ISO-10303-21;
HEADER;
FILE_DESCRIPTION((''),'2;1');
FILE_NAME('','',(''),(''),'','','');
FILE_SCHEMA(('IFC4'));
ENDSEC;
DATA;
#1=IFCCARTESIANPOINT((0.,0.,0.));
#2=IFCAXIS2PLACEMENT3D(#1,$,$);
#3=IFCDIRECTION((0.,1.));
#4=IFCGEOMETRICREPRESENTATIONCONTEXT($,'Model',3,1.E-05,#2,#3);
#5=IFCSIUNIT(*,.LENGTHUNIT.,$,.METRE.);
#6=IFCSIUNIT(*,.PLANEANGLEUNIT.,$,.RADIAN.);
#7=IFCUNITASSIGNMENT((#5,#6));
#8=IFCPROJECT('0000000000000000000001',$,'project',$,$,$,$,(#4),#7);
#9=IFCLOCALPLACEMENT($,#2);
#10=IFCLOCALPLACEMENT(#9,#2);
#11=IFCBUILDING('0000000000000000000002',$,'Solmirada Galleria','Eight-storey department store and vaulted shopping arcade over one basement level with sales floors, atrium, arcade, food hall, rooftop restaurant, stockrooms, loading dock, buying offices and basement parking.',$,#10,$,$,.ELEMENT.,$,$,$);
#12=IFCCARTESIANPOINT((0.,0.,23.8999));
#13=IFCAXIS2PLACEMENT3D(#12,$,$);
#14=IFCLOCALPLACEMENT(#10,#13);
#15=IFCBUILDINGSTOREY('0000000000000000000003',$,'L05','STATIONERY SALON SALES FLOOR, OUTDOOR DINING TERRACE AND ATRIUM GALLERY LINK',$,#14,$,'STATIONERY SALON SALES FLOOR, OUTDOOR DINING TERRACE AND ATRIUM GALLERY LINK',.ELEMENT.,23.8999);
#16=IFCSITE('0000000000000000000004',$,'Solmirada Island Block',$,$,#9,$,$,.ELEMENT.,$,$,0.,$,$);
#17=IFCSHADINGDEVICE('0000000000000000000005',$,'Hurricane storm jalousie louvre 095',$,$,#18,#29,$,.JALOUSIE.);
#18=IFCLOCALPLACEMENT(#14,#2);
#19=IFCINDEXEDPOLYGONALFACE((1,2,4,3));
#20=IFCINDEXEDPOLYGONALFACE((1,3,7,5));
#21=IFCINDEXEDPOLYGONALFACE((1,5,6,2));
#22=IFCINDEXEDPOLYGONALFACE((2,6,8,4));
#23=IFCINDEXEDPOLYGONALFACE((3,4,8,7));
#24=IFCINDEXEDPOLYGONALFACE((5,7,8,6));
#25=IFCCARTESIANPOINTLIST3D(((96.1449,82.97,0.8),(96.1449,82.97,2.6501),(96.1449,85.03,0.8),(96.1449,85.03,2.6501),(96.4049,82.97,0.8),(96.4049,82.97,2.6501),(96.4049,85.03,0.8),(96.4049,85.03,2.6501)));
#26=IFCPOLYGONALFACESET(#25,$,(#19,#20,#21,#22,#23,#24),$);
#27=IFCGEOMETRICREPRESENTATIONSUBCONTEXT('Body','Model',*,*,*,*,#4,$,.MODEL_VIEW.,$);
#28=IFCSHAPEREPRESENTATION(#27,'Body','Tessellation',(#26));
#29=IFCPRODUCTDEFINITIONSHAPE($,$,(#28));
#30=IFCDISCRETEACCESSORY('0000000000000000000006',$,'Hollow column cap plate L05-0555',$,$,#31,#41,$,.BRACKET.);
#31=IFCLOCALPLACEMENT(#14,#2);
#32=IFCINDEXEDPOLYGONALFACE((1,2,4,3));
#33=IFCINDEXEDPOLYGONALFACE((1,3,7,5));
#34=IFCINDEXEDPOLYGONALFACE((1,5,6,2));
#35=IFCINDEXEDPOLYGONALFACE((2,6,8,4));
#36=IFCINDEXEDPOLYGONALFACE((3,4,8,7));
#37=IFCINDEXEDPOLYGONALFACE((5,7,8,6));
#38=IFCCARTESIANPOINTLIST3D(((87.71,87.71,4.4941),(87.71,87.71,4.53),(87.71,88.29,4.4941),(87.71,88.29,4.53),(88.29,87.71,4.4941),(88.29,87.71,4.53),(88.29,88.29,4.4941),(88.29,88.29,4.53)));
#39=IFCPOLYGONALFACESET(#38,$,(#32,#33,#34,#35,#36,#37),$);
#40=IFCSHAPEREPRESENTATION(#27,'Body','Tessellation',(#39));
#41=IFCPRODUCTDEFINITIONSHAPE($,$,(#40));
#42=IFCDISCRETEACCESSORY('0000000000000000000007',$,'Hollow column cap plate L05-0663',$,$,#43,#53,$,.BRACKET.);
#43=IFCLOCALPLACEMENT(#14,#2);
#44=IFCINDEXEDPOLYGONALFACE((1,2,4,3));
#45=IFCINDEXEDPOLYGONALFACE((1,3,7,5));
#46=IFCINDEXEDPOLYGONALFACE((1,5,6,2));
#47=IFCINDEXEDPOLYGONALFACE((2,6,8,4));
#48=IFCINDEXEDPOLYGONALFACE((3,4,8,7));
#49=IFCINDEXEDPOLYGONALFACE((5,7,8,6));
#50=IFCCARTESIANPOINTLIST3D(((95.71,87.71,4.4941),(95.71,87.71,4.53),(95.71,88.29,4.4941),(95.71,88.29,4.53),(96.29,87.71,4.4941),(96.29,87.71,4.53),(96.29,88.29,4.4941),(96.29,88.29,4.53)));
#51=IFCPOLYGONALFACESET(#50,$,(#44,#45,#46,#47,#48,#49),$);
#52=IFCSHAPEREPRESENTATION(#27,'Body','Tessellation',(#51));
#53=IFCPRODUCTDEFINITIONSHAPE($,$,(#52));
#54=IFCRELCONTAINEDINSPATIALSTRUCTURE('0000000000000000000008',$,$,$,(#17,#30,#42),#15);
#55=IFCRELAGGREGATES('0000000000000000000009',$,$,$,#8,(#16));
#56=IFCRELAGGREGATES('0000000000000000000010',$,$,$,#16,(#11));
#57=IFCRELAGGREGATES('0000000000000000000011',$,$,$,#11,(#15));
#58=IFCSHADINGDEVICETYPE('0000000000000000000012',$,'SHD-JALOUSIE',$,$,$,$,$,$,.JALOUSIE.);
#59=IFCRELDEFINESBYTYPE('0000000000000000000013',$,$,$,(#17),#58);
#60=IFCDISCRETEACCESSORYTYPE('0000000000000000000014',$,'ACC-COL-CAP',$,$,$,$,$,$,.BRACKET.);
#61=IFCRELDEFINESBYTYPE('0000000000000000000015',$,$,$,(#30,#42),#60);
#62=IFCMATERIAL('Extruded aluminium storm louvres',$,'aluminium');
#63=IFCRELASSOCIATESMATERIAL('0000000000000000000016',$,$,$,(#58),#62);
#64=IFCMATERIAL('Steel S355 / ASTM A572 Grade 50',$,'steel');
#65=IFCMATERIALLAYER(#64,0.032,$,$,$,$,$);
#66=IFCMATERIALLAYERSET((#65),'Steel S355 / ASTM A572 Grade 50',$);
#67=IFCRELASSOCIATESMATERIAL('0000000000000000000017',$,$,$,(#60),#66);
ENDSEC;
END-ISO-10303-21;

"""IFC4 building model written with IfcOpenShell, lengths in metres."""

from ifc_helpers import new_model, si_unit, direction, frame, origin, origin_2d, place, context, subcontext, project, spatial, rectangle, extrude, material, layer, layer_set, type_object, element, save


model = new_model("IFC4")

# Units and contexts
model_context = context("Model", 3, precision=1e-05, world=origin(), true_north=direction((0.0, 1.0)))
body_context = subcontext(model_context, "Body", "Model", "MODEL_VIEW")
ifc_project = project(units=[si_unit("LENGTHUNIT", "METRE"), si_unit("PLANEANGLEUNIT", "RADIAN")], contexts=[model_context])

# Site, building, storey
site_placement = place(None, origin())
site = spatial("IfcSite", under=ifc_project, at=site_placement, Name="Solmirada Island Block", CompositionType="ELEMENT", RefElevation=0.0)
building_placement = place(site_placement, origin())
building = spatial("IfcBuilding", under=site, at=building_placement, Name="Solmirada Galleria", Description="Eight-storey department store and vaulted shopping arcade over one basement level with sales floors, atrium, arcade, food hall, rooftop restaurant, stockrooms, loading dock, buying offices and basement parking.", CompositionType="ELEMENT")
storey_placement = place(building_placement, frame((0.0, 0.0, 23.8999)))
storey = spatial("IfcBuildingStorey", under=building, at=storey_placement, Name="L05", Description="STATIONERY SALON SALES FLOOR, OUTDOOR DINING TERRACE AND ATRIUM GALLERY LINK", LongName="STATIONERY SALON SALES FLOOR, OUTDOOR DINING TERRACE AND ATRIUM GALLERY LINK", CompositionType="ELEMENT", Elevation=23.8999)

# Shading device
ifc_material_1 = material(Name="Extruded aluminium storm louvres", Category="aluminium")
shading_device_type = type_object("IfcShadingDeviceType", Name="SHD-JALOUSIE", PredefinedType="JALOUSIE", material=ifc_material_1)
for number, where, z_axis, x_axis, name in (
    (1, (96.2749, 84.0, 0.8), (0.0, 0.0, 1.0), (0.0, -1.0, 0.0), "Hurricane storm jalousie louvre 095"),
):
    element("IfcShadingDevice", number, at=place(storey_placement, frame(where, z_axis=z_axis, x_axis=x_axis)), inside=storey, type_object=shading_device_type, Name=name, PredefinedType="JALOUSIE", context=body_context, shape_type="SweptSolid", body=[
        extrude(rectangle(XDim=2.0601, YDim=0.26, at=origin_2d()), origin(), (0.0, 0.0, 1.0), 1.8501),
    ])

# Discrete accessories
ifc_material_2 = material(Name="Steel S355 / ASTM A572 Grade 50", Category="steel")
ifc_layer_1 = layer(ifc_material_2, 0.032)
ifc_layer_set_1 = layer_set([ifc_layer_1], Name="Steel S355 / ASTM A572 Grade 50")
discrete_accessory_type = type_object("IfcDiscreteAccessoryType", Name="ACC-COL-CAP", PredefinedType="BRACKET", material=ifc_layer_set_1)
for number, where, z_axis, x_axis, name in (
    (2, (88.0, 88.0, 4.4941), (0.0, 0.0, 1.0), (1.0, 0.0, 0.0), "Hollow column cap plate L05-0555"),
    (3, (96.0, 88.0, 4.4941), (0.0, 0.0, 1.0), (1.0, 0.0, 0.0), "Hollow column cap plate L05-0663"),
):
    element("IfcDiscreteAccessory", number, at=place(storey_placement, frame(where, z_axis=z_axis, x_axis=x_axis)), inside=storey, type_object=discrete_accessory_type, Name=name, PredefinedType="BRACKET", context=body_context, shape_type="SweptSolid", body=[
        extrude(rectangle(XDim=0.5801, YDim=0.5801, at=origin_2d()), origin(), (0.0, 0.0, 1.0), 0.0359),
    ])

save(model, "model.ifc")
